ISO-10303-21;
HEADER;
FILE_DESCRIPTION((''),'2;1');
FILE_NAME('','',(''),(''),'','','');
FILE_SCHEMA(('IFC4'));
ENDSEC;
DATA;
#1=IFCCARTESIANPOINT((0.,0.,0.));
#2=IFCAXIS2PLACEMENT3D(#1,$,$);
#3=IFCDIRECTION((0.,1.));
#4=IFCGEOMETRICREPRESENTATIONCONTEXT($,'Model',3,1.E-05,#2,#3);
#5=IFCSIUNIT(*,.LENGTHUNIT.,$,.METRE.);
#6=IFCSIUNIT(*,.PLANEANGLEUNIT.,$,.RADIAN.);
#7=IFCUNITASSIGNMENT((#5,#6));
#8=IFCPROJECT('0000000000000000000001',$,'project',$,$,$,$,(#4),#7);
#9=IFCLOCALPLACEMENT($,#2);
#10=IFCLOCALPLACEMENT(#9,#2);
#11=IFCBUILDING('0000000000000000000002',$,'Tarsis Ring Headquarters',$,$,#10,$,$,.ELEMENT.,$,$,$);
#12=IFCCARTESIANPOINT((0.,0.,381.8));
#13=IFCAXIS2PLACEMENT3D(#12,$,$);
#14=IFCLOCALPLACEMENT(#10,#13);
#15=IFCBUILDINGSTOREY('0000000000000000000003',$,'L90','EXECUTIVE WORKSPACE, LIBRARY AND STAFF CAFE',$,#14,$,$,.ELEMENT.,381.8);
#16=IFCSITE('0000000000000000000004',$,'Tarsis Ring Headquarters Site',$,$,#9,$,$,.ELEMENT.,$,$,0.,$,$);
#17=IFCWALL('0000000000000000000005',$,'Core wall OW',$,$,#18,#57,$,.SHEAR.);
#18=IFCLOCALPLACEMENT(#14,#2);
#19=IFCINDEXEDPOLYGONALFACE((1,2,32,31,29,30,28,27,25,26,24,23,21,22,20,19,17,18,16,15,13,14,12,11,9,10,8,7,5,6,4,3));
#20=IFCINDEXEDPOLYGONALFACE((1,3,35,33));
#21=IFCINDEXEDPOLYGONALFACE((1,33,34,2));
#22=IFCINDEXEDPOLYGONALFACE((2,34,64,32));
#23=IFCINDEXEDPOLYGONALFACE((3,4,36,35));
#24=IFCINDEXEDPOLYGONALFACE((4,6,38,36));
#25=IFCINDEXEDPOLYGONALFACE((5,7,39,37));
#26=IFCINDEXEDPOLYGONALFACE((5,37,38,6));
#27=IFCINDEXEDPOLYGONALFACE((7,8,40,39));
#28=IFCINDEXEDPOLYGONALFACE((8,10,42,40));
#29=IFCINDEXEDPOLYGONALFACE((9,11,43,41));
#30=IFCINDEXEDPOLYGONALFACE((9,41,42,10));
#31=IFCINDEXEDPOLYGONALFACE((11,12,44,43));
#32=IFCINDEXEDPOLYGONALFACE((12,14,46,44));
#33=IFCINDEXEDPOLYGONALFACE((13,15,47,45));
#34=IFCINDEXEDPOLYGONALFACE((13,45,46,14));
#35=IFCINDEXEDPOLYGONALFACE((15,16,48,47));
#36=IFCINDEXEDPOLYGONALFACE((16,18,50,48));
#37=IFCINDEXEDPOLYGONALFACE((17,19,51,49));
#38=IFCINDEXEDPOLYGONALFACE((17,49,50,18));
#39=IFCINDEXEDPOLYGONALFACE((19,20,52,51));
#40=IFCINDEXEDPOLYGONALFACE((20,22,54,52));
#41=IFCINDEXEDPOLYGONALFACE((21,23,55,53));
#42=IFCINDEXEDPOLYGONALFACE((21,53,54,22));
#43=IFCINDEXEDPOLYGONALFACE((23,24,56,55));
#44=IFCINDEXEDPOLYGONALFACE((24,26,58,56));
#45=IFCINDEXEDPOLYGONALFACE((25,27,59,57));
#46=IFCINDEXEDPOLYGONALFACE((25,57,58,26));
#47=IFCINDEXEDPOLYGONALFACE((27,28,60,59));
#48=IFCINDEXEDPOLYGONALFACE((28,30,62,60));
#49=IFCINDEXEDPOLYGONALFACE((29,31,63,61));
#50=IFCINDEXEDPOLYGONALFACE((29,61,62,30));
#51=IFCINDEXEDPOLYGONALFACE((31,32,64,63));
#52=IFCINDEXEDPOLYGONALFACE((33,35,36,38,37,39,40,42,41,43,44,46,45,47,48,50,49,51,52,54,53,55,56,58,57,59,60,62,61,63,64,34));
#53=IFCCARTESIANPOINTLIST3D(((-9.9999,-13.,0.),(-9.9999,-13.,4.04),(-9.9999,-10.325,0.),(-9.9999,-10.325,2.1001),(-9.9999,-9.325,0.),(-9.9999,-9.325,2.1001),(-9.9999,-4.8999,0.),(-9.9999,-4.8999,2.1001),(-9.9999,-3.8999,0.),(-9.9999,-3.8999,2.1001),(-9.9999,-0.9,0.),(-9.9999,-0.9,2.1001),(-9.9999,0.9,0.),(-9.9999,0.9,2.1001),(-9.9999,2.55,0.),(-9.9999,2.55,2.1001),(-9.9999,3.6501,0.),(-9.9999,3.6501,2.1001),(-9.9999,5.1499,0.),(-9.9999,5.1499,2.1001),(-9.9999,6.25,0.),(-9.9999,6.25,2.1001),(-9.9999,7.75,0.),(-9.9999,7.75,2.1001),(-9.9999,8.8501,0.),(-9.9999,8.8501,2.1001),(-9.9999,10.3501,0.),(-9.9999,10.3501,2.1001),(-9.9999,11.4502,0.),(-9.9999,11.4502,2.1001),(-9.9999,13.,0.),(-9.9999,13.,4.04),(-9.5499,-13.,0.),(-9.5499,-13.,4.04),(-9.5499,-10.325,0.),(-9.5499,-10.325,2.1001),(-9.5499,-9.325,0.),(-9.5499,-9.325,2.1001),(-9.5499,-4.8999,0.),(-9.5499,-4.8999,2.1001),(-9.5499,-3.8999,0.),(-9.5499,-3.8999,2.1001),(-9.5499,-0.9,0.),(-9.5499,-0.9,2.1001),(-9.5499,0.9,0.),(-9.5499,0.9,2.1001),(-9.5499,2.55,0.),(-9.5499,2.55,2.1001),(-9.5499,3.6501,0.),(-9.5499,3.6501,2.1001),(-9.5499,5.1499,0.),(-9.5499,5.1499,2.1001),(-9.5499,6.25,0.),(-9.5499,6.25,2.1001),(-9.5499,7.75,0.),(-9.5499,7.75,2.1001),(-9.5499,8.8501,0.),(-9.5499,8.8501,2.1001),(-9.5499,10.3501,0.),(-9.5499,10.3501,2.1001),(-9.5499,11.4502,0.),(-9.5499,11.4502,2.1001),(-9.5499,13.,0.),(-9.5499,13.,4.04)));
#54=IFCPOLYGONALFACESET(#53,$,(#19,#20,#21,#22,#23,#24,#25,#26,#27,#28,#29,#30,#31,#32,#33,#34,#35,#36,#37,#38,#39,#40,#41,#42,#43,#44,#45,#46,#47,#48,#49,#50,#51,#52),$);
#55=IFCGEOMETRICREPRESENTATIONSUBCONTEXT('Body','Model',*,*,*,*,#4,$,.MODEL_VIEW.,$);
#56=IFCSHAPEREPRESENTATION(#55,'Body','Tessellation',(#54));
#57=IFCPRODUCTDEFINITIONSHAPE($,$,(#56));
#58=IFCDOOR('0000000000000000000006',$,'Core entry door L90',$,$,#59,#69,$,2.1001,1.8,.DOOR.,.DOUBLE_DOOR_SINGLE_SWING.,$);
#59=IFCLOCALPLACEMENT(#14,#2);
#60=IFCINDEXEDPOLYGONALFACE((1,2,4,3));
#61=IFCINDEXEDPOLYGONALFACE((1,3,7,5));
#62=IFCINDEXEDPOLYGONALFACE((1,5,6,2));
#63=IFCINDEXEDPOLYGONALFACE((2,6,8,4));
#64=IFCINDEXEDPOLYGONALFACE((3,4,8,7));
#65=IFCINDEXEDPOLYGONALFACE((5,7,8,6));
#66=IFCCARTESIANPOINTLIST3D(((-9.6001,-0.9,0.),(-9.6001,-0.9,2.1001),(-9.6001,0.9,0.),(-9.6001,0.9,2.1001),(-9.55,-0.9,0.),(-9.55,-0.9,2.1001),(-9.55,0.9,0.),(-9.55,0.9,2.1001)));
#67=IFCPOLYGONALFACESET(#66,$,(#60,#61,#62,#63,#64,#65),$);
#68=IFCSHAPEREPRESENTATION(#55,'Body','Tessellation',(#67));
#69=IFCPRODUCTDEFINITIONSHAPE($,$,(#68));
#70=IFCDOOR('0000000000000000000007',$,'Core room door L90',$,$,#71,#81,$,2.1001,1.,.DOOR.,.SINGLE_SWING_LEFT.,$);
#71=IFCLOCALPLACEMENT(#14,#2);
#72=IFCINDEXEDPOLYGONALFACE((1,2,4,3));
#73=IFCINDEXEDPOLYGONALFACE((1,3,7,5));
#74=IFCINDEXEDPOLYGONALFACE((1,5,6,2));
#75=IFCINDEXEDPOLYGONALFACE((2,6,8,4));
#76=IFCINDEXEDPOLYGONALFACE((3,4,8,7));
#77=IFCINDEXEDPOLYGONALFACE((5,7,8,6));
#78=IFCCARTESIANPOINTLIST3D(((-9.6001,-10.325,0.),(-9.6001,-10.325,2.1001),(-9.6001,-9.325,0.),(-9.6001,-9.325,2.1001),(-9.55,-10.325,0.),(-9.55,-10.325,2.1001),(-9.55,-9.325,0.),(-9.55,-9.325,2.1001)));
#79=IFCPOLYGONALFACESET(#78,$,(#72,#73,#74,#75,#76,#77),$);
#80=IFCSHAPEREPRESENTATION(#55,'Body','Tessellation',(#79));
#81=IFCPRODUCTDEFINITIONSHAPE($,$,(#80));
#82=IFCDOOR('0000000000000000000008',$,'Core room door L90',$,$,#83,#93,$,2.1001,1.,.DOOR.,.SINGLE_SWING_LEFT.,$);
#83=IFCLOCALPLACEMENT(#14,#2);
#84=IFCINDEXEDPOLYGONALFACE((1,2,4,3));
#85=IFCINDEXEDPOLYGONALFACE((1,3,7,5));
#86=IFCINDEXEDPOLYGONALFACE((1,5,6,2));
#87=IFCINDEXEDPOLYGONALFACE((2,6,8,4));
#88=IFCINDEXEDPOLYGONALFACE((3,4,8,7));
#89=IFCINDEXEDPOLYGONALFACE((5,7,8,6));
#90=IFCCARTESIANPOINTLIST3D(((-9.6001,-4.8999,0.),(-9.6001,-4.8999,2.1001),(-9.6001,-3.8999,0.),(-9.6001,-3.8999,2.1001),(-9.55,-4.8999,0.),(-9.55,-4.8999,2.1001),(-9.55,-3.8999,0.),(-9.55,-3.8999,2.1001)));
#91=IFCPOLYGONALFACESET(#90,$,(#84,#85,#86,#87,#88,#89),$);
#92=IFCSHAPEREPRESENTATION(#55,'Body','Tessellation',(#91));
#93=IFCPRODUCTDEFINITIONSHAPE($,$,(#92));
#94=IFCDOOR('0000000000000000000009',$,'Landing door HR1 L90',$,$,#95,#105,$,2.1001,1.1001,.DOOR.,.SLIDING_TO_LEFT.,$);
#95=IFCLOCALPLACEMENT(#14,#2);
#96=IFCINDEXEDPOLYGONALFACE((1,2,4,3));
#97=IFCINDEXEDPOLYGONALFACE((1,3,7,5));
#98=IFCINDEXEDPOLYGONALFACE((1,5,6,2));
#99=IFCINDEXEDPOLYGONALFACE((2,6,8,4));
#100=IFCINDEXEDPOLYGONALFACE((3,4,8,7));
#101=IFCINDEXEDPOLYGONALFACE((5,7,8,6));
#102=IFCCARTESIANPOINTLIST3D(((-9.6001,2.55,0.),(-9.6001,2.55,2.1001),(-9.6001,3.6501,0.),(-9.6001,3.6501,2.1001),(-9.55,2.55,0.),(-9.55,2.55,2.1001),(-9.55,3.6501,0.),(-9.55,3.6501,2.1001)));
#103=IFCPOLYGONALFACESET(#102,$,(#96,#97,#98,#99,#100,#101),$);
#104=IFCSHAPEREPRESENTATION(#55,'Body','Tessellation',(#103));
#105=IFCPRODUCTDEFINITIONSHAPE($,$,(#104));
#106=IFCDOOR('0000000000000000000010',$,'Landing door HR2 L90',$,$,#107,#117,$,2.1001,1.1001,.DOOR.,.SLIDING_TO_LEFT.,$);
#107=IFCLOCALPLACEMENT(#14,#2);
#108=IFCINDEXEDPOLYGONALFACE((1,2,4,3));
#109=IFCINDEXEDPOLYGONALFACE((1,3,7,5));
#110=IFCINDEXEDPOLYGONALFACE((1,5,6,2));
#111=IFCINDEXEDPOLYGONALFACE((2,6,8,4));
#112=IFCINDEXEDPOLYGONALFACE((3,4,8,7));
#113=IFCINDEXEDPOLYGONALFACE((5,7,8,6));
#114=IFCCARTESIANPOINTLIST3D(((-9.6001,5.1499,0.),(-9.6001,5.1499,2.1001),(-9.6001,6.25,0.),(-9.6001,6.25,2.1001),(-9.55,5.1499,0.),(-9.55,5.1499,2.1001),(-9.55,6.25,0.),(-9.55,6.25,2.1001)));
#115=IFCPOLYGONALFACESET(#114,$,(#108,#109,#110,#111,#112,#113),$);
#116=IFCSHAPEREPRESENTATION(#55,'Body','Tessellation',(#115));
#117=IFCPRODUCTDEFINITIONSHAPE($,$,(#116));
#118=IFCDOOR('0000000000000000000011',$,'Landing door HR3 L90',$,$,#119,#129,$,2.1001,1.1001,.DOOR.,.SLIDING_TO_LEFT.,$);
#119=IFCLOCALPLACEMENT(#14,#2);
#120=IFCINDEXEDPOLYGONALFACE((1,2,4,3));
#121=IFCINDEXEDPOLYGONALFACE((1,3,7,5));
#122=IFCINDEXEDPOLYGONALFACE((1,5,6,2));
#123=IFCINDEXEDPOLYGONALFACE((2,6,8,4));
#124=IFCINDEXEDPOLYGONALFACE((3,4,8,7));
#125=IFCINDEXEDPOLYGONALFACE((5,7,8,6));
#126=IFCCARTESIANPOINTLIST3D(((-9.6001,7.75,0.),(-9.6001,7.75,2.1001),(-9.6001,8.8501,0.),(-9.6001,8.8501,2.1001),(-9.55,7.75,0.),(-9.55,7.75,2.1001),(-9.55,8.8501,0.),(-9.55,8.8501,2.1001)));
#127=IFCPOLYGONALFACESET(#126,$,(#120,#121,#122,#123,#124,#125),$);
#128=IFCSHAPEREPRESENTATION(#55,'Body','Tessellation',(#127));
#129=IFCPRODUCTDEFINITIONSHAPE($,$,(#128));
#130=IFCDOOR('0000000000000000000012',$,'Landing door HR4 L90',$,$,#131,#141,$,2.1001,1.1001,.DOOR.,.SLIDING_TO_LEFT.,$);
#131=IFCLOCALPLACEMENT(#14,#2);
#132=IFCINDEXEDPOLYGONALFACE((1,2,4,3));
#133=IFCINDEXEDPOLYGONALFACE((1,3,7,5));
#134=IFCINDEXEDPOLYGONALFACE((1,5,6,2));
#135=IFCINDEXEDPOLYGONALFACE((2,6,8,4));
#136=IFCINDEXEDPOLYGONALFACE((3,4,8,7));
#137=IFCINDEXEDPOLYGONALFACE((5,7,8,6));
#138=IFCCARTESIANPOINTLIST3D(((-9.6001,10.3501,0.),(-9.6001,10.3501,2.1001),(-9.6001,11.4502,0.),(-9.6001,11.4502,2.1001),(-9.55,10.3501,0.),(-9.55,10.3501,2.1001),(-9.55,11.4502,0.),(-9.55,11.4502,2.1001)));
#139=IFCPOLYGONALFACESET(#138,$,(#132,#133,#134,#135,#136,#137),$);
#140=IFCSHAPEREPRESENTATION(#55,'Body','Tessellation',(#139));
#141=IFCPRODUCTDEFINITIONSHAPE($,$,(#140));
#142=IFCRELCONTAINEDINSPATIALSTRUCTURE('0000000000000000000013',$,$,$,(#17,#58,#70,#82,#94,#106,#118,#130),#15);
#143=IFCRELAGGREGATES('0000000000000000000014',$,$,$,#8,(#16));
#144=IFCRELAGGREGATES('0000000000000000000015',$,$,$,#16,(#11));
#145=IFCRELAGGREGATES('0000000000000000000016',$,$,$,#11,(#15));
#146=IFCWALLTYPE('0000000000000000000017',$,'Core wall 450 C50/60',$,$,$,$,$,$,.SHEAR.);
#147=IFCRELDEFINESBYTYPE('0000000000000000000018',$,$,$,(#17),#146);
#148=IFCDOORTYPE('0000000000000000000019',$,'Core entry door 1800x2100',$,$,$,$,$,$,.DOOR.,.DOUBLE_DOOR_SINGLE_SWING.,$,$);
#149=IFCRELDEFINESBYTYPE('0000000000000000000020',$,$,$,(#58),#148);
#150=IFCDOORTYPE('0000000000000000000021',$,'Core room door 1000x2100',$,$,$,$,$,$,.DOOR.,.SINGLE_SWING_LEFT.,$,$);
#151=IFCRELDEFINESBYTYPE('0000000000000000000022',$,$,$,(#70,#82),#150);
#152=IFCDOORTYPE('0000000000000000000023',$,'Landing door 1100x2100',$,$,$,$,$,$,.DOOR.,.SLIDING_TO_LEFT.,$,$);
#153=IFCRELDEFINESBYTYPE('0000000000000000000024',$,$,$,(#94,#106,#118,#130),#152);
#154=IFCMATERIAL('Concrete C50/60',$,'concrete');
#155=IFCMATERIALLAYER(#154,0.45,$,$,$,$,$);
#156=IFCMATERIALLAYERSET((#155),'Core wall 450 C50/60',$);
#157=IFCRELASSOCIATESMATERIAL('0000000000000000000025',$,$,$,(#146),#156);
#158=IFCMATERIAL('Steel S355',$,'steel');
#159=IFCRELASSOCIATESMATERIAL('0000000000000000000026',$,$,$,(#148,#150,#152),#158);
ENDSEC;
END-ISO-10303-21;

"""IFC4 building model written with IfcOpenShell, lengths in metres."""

from ifc_helpers import new_model, si_unit, direction, frame, frame_2d, origin, place, context, subcontext, project, spatial, rectangle, extrude, material, layer, layer_set, type_object, element, fill, save


model = new_model("IFC4")

# Units and contexts
model_context = context("Model", 3, precision=1e-05, world=origin(), true_north=direction((0.0, 1.0)))
body_context = subcontext(model_context, "Body", "Model", "MODEL_VIEW")
ifc_project = project(units=[si_unit("LENGTHUNIT", "METRE"), si_unit("PLANEANGLEUNIT", "RADIAN")], contexts=[model_context])

# Site, building, storey
site_placement = place(None, origin())
site = spatial("IfcSite", under=ifc_project, at=site_placement, Name="Tarsis Ring Headquarters Site", CompositionType="ELEMENT", RefElevation=0.0)
building_placement = place(site_placement, origin())
building = spatial("IfcBuilding", under=site, at=building_placement, Name="Tarsis Ring Headquarters", CompositionType="ELEMENT")
storey_placement = place(building_placement, frame((0.0, 0.0, 381.8)))
storey = spatial("IfcBuildingStorey", under=building, at=storey_placement, Name="L90", Description="EXECUTIVE WORKSPACE, LIBRARY AND STAFF CAFE", CompositionType="ELEMENT", Elevation=381.8)

# Wall, openings, doors
ifc_material_1 = material(Name="Concrete C50/60", Category="concrete")
ifc_layer_1 = layer(ifc_material_1, 0.45)
ifc_layer_set_1 = layer_set([ifc_layer_1], Name="Core wall 450 C50/60")
wall_type_1 = type_object("IfcWallType", Name="Core wall 450 C50/60", PredefinedType="SHEAR", material=ifc_layer_set_1)
wall_1_placement = place(storey_placement, frame((-9.7749, -13.0, 0.0), z_axis=(0.0, 0.0, 1.0), x_axis=(0.0, 1.0, 0.0)))
wall_1 = element("IfcWall", 1, at=wall_1_placement, inside=storey, type_object=wall_type_1, Name="Core wall OW", PredefinedType="SHEAR", context=body_context, shape_type="SweptSolid", body=[
    extrude(rectangle(XDim=26.0, YDim=0.45, at=frame_2d((13.0, 0.0))), origin(), (0.0, 0.0, 1.0), 4.04),
])
opening_1_placement = place(wall_1_placement, frame((2.675, 0.0, 0.0)))
opening_1 = element("IfcOpeningElement", 2, at=opening_1_placement, cuts=wall_1, PredefinedType="OPENING", context=body_context, shape_type="SweptSolid", body=[
    extrude(rectangle(XDim=1.0, YDim=2.1001, at=frame_2d((0.5, 1.05))), frame((0.0, 0.2349, 0.0), z_axis=(0.0, -1.0, 0.0), x_axis=(1.0, 0.0, 0.0)), (0.0, 0.0, 1.0), 0.47),
])
opening_2_placement = place(wall_1_placement, frame((8.1001, 0.0, 0.0)))
opening_2 = element("IfcOpeningElement", 3, at=opening_2_placement, cuts=wall_1, PredefinedType="OPENING", context=body_context, shape_type="SweptSolid", body=[
    extrude(rectangle(XDim=1.0, YDim=2.1001, at=frame_2d((0.5, 1.05))), frame((0.0, 0.2349, 0.0), z_axis=(0.0, -1.0, 0.0), x_axis=(1.0, 0.0, 0.0)), (0.0, 0.0, 1.0), 0.47),
])
opening_3_placement = place(wall_1_placement, frame((12.1001, 0.0, 0.0)))
opening_3 = element("IfcOpeningElement", 4, at=opening_3_placement, cuts=wall_1, PredefinedType="OPENING", context=body_context, shape_type="SweptSolid", body=[
    extrude(rectangle(XDim=1.8, YDim=2.1001, at=frame_2d((0.8999, 1.05))), frame((0.0, 0.2349, 0.0), z_axis=(0.0, -1.0, 0.0), x_axis=(1.0, 0.0, 0.0)), (0.0, 0.0, 1.0), 0.47),
])
opening_4_placement = place(wall_1_placement, frame((15.55, 0.0, 0.0)))
opening_4 = element("IfcOpeningElement", 5, at=opening_4_placement, cuts=wall_1, PredefinedType="OPENING", context=body_context, shape_type="SweptSolid", body=[
    extrude(rectangle(XDim=1.1001, YDim=2.1001, at=frame_2d((0.55, 1.05))), frame((0.0, 0.2349, 0.0), z_axis=(0.0, -1.0, 0.0), x_axis=(1.0, 0.0, 0.0)), (0.0, 0.0, 1.0), 0.47),
])
opening_5_placement = place(wall_1_placement, frame((18.1499, 0.0, 0.0)))
opening_5 = element("IfcOpeningElement", 6, at=opening_5_placement, cuts=wall_1, PredefinedType="OPENING", context=body_context, shape_type="SweptSolid", body=[
    extrude(rectangle(XDim=1.1001, YDim=2.1001, at=frame_2d((0.55, 1.05))), frame((0.0, 0.2349, 0.0), z_axis=(0.0, -1.0, 0.0), x_axis=(1.0, 0.0, 0.0)), (0.0, 0.0, 1.0), 0.47),
])
opening_6_placement = place(wall_1_placement, frame((20.75, 0.0, 0.0)))
opening_6 = element("IfcOpeningElement", 7, at=opening_6_placement, cuts=wall_1, PredefinedType="OPENING", context=body_context, shape_type="SweptSolid", body=[
    extrude(rectangle(XDim=1.1001, YDim=2.1001, at=frame_2d((0.55, 1.05))), frame((0.0, 0.2349, 0.0), z_axis=(0.0, -1.0, 0.0), x_axis=(1.0, 0.0, 0.0)), (0.0, 0.0, 1.0), 0.47),
])
opening_7_placement = place(wall_1_placement, frame((23.3501, 0.0, 0.0)))
opening_7 = element("IfcOpeningElement", 8, at=opening_7_placement, cuts=wall_1, PredefinedType="OPENING", context=body_context, shape_type="SweptSolid", body=[
    extrude(rectangle(XDim=1.1001, YDim=2.1001, at=frame_2d((0.55, 1.05))), frame((0.0, 0.2349, 0.0), z_axis=(0.0, -1.0, 0.0), x_axis=(1.0, 0.0, 0.0)), (0.0, 0.0, 1.0), 0.47),
])
ifc_material_2 = material(Name="Steel S355", Category="steel")
door_type_1 = type_object("IfcDoorType", Name="Core entry door 1800x2100", OperationType="DOUBLE_DOOR_SINGLE_SWING", PredefinedType="DOOR", material=ifc_material_2)
door_1_placement = place(opening_3_placement, origin())
door_1 = element("IfcDoor", 9, at=door_1_placement, inside=storey, type_object=door_type_1, Name="Core entry door L90", OperationType="DOUBLE_DOOR_SINGLE_SWING", OverallHeight=2.1001, OverallWidth=1.8, PredefinedType="DOOR", context=body_context, shape_type="SweptSolid", body=[
    extrude(rectangle(XDim=1.8, YDim=2.1001, at=frame_2d((0.8999, 1.05))), frame((0.0, -0.1748, 0.0), z_axis=(0.0, -1.0, 0.0), x_axis=(1.0, 0.0, 0.0)), (0.0, 0.0, 1.0), 0.05),
])
fill(opening_3, door_1)
door_type_2 = type_object("IfcDoorType", Name="Core room door 1000x2100", OperationType="SINGLE_SWING_LEFT", PredefinedType="DOOR", material=ifc_material_2)
door_2_placement = place(opening_1_placement, origin())
door_2 = element("IfcDoor", 10, at=door_2_placement, inside=storey, type_object=door_type_2, Name="Core room door L90", OperationType="SINGLE_SWING_LEFT", OverallHeight=2.1001, OverallWidth=1.0, PredefinedType="DOOR", context=body_context, shape_type="SweptSolid", body=[
    extrude(rectangle(XDim=1.0, YDim=2.1001, at=frame_2d((0.5, 1.05))), frame((0.0, -0.1748, 0.0), z_axis=(0.0, -1.0, 0.0), x_axis=(1.0, 0.0, 0.0)), (0.0, 0.0, 1.0), 0.05),
])
fill(opening_1, door_2)
door_3_placement = place(opening_2_placement, origin())
door_3 = element("IfcDoor", 11, at=door_3_placement, inside=storey, type_object=door_type_2, Name="Core room door L90", OperationType="SINGLE_SWING_LEFT", OverallHeight=2.1001, OverallWidth=1.0, PredefinedType="DOOR", context=body_context, shape_type="SweptSolid", body=[
    extrude(rectangle(XDim=1.0, YDim=2.1001, at=frame_2d((0.5, 1.05))), frame((0.0, -0.1748, 0.0), z_axis=(0.0, -1.0, 0.0), x_axis=(1.0, 0.0, 0.0)), (0.0, 0.0, 1.0), 0.05),
])
fill(opening_2, door_3)
door_type_3 = type_object("IfcDoorType", Name="Landing door 1100x2100", OperationType="SLIDING_TO_LEFT", PredefinedType="DOOR", material=ifc_material_2)
door_4_placement = place(opening_4_placement, origin())
door_4 = element("IfcDoor", 12, at=door_4_placement, inside=storey, type_object=door_type_3, Name="Landing door HR1 L90", OperationType="SLIDING_TO_LEFT", OverallHeight=2.1001, OverallWidth=1.1001, PredefinedType="DOOR", context=body_context, shape_type="SweptSolid", body=[
    extrude(rectangle(XDim=1.1001, YDim=2.1001, at=frame_2d((0.55, 1.05))), frame((0.0, -0.1748, 0.0), z_axis=(0.0, -1.0, 0.0), x_axis=(1.0, 0.0, 0.0)), (0.0, 0.0, 1.0), 0.05),
])
fill(opening_4, door_4)
door_5_placement = place(opening_5_placement, origin())
door_5 = element("IfcDoor", 13, at=door_5_placement, inside=storey, type_object=door_type_3, Name="Landing door HR2 L90", OperationType="SLIDING_TO_LEFT", OverallHeight=2.1001, OverallWidth=1.1001, PredefinedType="DOOR", context=body_context, shape_type="SweptSolid", body=[
    extrude(rectangle(XDim=1.1001, YDim=2.1001, at=frame_2d((0.55, 1.05))), frame((0.0, -0.1748, 0.0), z_axis=(0.0, -1.0, 0.0), x_axis=(1.0, 0.0, 0.0)), (0.0, 0.0, 1.0), 0.05),
])
fill(opening_5, door_5)
door_6_placement = place(opening_6_placement, origin())
door_6 = element("IfcDoor", 14, at=door_6_placement, inside=storey, type_object=door_type_3, Name="Landing door HR3 L90", OperationType="SLIDING_TO_LEFT", OverallHeight=2.1001, OverallWidth=1.1001, PredefinedType="DOOR", context=body_context, shape_type="SweptSolid", body=[
    extrude(rectangle(XDim=1.1001, YDim=2.1001, at=frame_2d((0.55, 1.05))), frame((0.0, -0.1748, 0.0), z_axis=(0.0, -1.0, 0.0), x_axis=(1.0, 0.0, 0.0)), (0.0, 0.0, 1.0), 0.05),
])
fill(opening_6, door_6)
door_7_placement = place(opening_7_placement, origin())
door_7 = element("IfcDoor", 15, at=door_7_placement, inside=storey, type_object=door_type_3, Name="Landing door HR4 L90", OperationType="SLIDING_TO_LEFT", OverallHeight=2.1001, OverallWidth=1.1001, PredefinedType="DOOR", context=body_context, shape_type="SweptSolid", body=[
    extrude(rectangle(XDim=1.1001, YDim=2.1001, at=frame_2d((0.55, 1.05))), frame((0.0, -0.1748, 0.0), z_axis=(0.0, -1.0, 0.0), x_axis=(1.0, 0.0, 0.0)), (0.0, 0.0, 1.0), 0.05),
])
fill(opening_7, door_7)

save(model, "model.ifc")
